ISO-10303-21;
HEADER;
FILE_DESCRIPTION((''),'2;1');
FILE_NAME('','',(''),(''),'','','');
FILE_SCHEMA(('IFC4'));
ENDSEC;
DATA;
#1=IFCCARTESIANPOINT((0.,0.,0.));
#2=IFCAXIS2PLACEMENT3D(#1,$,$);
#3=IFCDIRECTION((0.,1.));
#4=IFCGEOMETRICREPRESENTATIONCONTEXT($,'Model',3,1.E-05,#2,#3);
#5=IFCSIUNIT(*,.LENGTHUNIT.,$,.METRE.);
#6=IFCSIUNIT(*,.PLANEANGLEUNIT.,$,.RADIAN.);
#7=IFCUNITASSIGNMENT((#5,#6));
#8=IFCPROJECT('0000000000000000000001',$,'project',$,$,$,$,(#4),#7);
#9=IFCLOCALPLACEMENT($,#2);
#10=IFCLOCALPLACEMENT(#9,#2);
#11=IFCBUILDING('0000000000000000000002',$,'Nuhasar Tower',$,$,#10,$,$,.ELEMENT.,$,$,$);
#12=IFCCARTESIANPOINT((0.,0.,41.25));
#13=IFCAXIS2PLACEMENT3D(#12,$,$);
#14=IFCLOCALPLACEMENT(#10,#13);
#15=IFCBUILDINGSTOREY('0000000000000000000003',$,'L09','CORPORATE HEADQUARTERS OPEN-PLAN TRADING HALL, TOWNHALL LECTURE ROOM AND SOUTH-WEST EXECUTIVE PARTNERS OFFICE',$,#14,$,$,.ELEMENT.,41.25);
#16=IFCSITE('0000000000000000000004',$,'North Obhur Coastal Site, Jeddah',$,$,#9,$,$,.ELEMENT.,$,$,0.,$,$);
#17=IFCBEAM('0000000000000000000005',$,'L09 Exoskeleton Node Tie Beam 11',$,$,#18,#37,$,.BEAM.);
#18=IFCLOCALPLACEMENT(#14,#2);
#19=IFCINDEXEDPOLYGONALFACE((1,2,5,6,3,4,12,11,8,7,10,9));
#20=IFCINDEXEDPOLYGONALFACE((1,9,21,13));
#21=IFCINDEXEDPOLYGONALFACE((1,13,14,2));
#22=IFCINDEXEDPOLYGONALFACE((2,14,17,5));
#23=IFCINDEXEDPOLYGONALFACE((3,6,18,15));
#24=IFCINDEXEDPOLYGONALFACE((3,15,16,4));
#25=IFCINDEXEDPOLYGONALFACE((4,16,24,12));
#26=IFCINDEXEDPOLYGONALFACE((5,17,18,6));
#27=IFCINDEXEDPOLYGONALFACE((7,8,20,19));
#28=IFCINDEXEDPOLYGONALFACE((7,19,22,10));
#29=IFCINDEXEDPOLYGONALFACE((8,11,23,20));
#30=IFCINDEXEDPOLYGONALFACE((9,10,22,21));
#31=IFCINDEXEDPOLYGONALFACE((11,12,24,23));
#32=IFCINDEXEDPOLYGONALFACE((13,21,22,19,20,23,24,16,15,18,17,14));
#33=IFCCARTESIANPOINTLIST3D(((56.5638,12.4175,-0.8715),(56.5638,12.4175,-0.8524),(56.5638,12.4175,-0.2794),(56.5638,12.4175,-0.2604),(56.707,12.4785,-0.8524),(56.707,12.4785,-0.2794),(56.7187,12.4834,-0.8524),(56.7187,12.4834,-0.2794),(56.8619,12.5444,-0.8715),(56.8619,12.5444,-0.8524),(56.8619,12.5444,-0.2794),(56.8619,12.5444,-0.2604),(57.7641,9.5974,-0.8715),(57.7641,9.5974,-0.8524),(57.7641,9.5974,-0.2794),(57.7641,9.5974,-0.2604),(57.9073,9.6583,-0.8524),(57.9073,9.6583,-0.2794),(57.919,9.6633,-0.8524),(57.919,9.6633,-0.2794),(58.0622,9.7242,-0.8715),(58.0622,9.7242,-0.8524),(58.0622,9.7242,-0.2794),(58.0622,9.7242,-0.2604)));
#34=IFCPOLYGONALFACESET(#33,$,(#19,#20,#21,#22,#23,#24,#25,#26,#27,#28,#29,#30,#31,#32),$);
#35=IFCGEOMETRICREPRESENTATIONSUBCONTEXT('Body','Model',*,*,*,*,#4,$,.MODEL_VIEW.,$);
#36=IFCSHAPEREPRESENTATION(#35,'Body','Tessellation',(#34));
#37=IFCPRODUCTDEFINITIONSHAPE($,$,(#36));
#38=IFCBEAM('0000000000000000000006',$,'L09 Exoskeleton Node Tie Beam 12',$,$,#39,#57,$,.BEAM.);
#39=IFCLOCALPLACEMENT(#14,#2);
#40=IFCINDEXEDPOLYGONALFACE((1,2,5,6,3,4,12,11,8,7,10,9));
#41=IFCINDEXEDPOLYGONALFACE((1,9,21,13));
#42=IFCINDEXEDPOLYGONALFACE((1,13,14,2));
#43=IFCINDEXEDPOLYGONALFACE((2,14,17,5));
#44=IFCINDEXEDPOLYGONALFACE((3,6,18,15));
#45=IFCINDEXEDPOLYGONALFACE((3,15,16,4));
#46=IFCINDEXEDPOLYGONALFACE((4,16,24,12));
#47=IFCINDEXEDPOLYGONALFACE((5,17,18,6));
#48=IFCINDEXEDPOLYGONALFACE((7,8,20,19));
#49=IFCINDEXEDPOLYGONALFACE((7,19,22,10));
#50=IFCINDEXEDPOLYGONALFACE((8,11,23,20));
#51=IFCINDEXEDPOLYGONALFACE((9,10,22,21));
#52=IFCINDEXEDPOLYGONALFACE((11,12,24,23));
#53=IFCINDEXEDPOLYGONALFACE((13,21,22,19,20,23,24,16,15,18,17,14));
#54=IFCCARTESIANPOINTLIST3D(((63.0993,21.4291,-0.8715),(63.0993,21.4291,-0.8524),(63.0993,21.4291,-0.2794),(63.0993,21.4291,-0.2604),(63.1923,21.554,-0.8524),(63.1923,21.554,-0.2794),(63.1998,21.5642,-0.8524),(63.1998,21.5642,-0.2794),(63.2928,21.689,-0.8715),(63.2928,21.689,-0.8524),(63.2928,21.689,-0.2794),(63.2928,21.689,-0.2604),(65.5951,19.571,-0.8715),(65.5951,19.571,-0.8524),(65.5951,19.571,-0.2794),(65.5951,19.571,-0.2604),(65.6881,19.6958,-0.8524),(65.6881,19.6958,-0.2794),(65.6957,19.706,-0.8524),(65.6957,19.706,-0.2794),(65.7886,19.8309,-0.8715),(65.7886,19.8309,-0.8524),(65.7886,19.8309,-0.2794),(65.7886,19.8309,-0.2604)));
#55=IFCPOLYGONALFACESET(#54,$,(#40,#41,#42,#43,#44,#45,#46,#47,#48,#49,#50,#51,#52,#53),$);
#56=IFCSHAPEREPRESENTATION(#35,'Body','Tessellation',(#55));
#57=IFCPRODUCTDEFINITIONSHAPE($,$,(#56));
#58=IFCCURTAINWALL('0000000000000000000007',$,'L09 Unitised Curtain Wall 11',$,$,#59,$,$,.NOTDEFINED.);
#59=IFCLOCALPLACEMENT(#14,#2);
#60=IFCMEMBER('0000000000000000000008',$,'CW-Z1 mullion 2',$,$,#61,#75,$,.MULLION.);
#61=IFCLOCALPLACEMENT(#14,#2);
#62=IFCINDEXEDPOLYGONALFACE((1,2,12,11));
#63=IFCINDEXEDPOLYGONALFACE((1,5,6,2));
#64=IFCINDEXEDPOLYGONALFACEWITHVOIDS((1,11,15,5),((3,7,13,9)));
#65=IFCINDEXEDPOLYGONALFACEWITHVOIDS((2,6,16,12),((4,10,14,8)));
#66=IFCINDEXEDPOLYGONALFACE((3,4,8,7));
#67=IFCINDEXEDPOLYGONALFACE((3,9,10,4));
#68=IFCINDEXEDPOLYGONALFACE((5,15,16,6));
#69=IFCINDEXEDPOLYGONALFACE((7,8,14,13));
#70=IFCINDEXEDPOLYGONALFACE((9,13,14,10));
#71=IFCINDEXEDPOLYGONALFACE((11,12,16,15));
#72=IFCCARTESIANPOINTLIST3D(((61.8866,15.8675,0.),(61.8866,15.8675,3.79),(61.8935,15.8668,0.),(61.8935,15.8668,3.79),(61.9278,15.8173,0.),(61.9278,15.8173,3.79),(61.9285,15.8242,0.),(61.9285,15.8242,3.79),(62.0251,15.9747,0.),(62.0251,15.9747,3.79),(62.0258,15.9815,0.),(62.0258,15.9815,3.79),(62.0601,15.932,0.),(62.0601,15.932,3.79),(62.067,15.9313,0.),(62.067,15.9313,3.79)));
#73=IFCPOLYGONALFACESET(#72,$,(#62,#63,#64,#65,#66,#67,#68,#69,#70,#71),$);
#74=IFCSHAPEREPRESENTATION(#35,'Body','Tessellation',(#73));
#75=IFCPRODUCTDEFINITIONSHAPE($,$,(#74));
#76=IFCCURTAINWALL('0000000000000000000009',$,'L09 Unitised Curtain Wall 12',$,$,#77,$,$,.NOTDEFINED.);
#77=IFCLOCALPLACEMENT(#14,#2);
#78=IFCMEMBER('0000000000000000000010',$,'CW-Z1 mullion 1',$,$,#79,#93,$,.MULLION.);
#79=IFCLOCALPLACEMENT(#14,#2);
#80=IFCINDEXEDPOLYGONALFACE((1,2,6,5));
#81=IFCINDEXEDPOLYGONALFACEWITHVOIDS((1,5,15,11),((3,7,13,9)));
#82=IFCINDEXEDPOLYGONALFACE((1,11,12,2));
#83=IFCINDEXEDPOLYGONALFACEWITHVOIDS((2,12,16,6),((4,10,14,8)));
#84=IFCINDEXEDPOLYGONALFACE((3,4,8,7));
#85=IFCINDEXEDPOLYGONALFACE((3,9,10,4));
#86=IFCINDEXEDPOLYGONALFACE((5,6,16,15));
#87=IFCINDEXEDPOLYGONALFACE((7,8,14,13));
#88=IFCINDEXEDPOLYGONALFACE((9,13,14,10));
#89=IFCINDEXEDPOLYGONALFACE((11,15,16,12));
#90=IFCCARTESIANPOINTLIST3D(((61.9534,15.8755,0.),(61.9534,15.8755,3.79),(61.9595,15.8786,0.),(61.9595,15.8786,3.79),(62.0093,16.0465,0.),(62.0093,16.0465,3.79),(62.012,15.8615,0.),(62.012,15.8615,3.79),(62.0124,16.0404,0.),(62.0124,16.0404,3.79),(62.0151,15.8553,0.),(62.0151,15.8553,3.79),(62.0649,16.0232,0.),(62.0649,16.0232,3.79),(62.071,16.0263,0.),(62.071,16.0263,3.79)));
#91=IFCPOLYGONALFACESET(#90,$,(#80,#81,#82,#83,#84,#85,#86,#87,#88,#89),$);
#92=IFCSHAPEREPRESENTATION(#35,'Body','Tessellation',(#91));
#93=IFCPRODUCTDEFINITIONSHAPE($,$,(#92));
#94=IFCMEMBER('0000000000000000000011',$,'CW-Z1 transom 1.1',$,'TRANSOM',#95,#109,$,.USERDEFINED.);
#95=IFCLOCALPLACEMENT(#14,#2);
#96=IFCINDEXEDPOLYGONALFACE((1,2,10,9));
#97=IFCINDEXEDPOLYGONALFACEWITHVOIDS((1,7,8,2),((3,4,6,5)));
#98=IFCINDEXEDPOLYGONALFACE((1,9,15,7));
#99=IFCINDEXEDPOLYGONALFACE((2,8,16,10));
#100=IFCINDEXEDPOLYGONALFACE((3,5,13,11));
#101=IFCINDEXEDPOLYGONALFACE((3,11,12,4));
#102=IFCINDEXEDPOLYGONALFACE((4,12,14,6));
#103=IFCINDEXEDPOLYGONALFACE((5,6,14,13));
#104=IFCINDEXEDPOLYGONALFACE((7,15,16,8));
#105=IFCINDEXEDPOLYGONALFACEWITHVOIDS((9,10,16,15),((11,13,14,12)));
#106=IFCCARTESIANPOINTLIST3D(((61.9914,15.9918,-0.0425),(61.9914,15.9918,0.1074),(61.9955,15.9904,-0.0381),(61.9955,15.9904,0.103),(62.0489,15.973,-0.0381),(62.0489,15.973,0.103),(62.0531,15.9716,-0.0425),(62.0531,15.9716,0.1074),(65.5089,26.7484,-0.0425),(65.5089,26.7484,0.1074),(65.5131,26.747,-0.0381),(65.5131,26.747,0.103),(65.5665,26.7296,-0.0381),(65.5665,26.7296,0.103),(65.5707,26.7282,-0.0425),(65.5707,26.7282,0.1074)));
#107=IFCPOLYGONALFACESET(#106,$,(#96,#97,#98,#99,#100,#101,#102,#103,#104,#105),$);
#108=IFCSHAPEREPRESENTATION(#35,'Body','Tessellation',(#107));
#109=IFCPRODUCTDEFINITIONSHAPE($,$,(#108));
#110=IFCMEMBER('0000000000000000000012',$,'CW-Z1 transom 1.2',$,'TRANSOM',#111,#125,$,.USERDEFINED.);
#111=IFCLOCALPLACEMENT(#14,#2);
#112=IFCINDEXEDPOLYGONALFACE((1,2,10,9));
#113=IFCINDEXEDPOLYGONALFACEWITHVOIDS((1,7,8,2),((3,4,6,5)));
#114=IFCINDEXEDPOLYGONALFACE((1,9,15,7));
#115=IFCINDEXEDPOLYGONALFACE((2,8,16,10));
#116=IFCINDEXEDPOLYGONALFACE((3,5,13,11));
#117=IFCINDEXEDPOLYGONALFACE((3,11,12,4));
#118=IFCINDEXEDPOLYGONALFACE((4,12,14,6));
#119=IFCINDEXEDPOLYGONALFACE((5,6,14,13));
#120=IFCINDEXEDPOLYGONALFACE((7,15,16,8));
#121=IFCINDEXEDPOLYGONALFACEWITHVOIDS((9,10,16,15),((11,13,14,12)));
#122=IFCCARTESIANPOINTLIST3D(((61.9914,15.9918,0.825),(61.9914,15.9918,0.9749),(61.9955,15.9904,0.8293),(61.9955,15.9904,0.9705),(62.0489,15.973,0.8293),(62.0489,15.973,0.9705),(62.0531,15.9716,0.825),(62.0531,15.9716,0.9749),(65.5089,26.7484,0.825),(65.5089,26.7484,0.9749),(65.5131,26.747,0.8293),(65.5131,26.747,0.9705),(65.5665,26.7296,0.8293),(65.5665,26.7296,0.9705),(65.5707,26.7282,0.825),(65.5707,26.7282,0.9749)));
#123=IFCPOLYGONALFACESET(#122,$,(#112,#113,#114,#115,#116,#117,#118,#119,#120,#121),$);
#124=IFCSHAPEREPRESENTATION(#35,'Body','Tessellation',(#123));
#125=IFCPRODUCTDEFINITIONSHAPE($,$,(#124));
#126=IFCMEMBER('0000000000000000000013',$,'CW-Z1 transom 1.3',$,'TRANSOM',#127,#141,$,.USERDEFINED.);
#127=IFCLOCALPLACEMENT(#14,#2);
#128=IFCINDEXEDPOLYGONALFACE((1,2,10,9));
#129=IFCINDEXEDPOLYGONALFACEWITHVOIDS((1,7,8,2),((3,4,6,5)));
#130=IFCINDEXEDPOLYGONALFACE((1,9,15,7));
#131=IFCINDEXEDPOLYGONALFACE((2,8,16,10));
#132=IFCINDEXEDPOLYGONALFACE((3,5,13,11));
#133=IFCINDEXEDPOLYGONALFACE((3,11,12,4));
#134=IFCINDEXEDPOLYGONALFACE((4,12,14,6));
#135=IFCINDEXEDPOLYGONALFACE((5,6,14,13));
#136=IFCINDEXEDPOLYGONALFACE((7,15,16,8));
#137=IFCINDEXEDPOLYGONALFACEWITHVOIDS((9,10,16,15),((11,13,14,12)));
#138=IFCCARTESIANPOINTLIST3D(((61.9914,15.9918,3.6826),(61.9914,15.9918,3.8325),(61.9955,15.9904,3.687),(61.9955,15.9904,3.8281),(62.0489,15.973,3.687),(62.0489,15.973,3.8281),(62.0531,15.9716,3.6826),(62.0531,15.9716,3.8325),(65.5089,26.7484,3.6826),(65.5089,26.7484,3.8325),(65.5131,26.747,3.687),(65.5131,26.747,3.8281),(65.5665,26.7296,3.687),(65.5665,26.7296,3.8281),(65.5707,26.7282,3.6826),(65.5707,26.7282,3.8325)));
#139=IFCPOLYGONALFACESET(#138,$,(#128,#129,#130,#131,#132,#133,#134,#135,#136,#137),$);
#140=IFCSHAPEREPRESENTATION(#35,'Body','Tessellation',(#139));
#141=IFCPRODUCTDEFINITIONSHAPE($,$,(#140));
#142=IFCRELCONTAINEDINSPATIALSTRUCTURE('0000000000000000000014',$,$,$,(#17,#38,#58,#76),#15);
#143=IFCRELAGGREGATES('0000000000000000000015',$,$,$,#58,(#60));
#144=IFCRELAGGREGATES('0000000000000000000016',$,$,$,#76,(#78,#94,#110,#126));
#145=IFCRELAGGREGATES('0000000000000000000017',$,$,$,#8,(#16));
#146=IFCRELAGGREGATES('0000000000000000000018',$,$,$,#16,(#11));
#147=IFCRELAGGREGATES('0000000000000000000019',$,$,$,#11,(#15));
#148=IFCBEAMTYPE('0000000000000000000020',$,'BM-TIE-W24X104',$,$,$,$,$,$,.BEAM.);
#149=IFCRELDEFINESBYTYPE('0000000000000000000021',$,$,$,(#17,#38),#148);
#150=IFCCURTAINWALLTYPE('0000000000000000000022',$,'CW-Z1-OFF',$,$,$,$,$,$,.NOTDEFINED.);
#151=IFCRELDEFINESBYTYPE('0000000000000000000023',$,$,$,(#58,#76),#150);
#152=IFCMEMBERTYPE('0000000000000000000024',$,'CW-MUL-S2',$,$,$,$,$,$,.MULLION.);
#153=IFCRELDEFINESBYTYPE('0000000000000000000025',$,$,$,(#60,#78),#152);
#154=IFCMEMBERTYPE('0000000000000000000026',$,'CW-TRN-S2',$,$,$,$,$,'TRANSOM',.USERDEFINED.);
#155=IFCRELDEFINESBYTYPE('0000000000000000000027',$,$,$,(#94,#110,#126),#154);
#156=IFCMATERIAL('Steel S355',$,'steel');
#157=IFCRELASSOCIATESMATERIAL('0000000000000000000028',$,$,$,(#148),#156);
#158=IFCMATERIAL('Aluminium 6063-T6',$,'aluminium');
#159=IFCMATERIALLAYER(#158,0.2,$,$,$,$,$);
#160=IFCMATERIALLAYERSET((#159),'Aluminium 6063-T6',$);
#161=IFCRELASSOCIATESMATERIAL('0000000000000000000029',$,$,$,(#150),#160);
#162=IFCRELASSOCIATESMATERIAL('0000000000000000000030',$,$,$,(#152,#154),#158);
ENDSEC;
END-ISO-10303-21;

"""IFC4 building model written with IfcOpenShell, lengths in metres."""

from ifc_helpers import new_model, si_unit, direction, frame, origin, origin_2d, place, context, subcontext, project, spatial, hollow_rectangle, i_section, extrude, material, layer, layer_set, material_profile, profile_set, type_object, element, aggregate, save


model = new_model("IFC4")

# Units and contexts
model_context = context("Model", 3, precision=1e-05, world=origin(), true_north=direction((0.0, 1.0)))
body_context = subcontext(model_context, "Body", "Model", "MODEL_VIEW")
ifc_project = project(units=[si_unit("LENGTHUNIT", "METRE"), si_unit("PLANEANGLEUNIT", "RADIAN")], contexts=[model_context])

# Site, building, storey
site_placement = place(None, origin())
site = spatial("IfcSite", under=ifc_project, at=site_placement, Name="North Obhur Coastal Site, Jeddah", CompositionType="ELEMENT", RefElevation=0.0)
building_placement = place(site_placement, origin())
building = spatial("IfcBuilding", under=site, at=building_placement, Name="Nuhasar Tower", CompositionType="ELEMENT")
storey_placement = place(building_placement, frame((0.0, 0.0, 41.25)))
storey = spatial("IfcBuildingStorey", under=building, at=storey_placement, Name="L09", Description="CORPORATE HEADQUARTERS OPEN-PLAN TRADING HALL, TOWNHALL LECTURE ROOM AND SOUTH-WEST EXECUTIVE PARTNERS OFFICE", CompositionType="ELEMENT", Elevation=41.25)

# Beams
ifc_material_1 = material(Name="Steel S355", Category="steel")
ifc_material_profile_1 = material_profile(ifc_material_1, i_section(OverallWidth=0.324, OverallDepth=0.6111, WebThickness=0.0127, FlangeThickness=0.019, at=origin_2d()), Name="W24X104")
ifc_profile_set_1 = profile_set([ifc_material_profile_1], Name="Steel S355")
beam_type_1 = type_object("IfcBeamType", Name="BM-TIE-W24X104", PredefinedType="BEAM", material=ifc_profile_set_1)
beam_1_placement = place(storey_placement, frame((56.7129, 12.481, -0.5659), z_axis=(0.391601, -0.920135, 0.0), x_axis=(0.920135, 0.391601, 0.0)))
element("IfcBeam", 1, at=beam_1_placement, inside=storey, type_object=beam_type_1, Name="L09 Exoskeleton Node Tie Beam 11", PredefinedType="BEAM", context=body_context, shape_type="SweptSolid", body=[
    extrude(i_section(OverallWidth=0.324, OverallDepth=0.6111, WebThickness=0.0127, FlangeThickness=0.019, at=origin_2d()), origin(), (0.0, 0.0, 1.0), 3.0649),
])
beam_2_placement = place(storey_placement, frame((63.196, 21.5591, -0.5659), z_axis=(0.802113, -0.597172, 0.0), x_axis=(0.597172, 0.802113, 0.0)))
element("IfcBeam", 2, at=beam_2_placement, inside=storey, type_object=beam_type_1, Name="L09 Exoskeleton Node Tie Beam 12", PredefinedType="BEAM", context=body_context, shape_type="SweptSolid", body=[
    extrude(i_section(OverallWidth=0.324, OverallDepth=0.6111, WebThickness=0.0127, FlangeThickness=0.019, at=origin_2d()), origin(), (0.0, 0.0, 1.0), 3.1116),
])

# Curtain wall, member
ifc_material_2 = material(Name="Aluminium 6063-T6", Category="aluminium")
ifc_layer_1 = layer(ifc_material_2, 0.2)
ifc_layer_set_1 = layer_set([ifc_layer_1], Name="Aluminium 6063-T6")
curtain_wall_type = type_object("IfcCurtainWallType", Name="CW-Z1-OFF", PredefinedType="NOTDEFINED", material=ifc_layer_set_1)
curtain_wall_1_placement = place(storey_placement, origin())
curtain_wall_1 = element("IfcCurtainWall", 3, at=curtain_wall_1_placement, inside=storey, type_object=curtain_wall_type, Name="L09 Unitised Curtain Wall 11", PredefinedType="NOTDEFINED")
ifc_material_profile_2 = material_profile(ifc_material_2, hollow_rectangle(XDim=0.0649, YDim=0.1799, WallThickness=0.0049, at=origin_2d()), Name="CWM-2")
ifc_profile_set_2 = profile_set([ifc_material_profile_2], Name="Aluminium 6063-T6")
member_type_1 = type_object("IfcMemberType", Name="CW-MUL-S2", PredefinedType="MULLION", material=ifc_profile_set_2)
member_1_placement = place(storey_placement, frame((61.9768, 15.8994, 0.0), z_axis=(0.0, 0.0, 1.0), x_axis=(-0.633745, 0.773542, 0.0)))
member_1 = element("IfcMember", 4, at=member_1_placement, type_object=member_type_1, Name="CW-Z1 mullion 2", PredefinedType="MULLION", context=body_context, shape_type="SweptSolid", body=[
    extrude(hollow_rectangle(XDim=0.0649, YDim=0.1799, WallThickness=0.0049, at=origin_2d()), origin(), (0.0, 0.0, 1.0), 3.79),
])

# Curtain wall, members
curtain_wall_2_placement = place(storey_placement, origin())
curtain_wall_2 = element("IfcCurtainWall", 5, at=curtain_wall_2_placement, inside=storey, type_object=curtain_wall_type, Name="L09 Unitised Curtain Wall 12", PredefinedType="NOTDEFINED")
member_2_placement = place(storey_placement, frame((62.0122, 15.9509, 0.0), z_axis=(0.0, 0.0, 1.0), x_axis=(-0.950468, 0.310824, 0.0)))
member_2 = element("IfcMember", 6, at=member_2_placement, type_object=member_type_1, Name="CW-Z1 mullion 1", PredefinedType="MULLION", context=body_context, shape_type="SweptSolid", body=[
    extrude(hollow_rectangle(XDim=0.0649, YDim=0.1799, WallThickness=0.0049, at=origin_2d()), origin(), (0.0, 0.0, 1.0), 3.79),
])
ifc_material_profile_3 = material_profile(ifc_material_2, hollow_rectangle(XDim=0.0649, YDim=0.1499, WallThickness=0.0044, at=origin_2d()), Name="CWT-2")
ifc_profile_set_3 = profile_set([ifc_material_profile_3], Name="Aluminium 6063-T6")
member_type_2 = type_object("IfcMemberType", Name="CW-TRN-S2", ElementType="TRANSOM", PredefinedType="USERDEFINED", material=ifc_profile_set_3)
member_3_placement = place(storey_placement, frame((62.0222, 15.9817, 0.0325), z_axis=(0.310819, 0.950469, 0.0), x_axis=(-0.950469, 0.310819, 0.0)))
member_3 = element("IfcMember", 7, at=member_3_placement, type_object=member_type_2, Name="CW-Z1 transom 1.1", ObjectType="TRANSOM", PredefinedType="USERDEFINED", context=body_context, shape_type="SweptSolid", body=[
    extrude(hollow_rectangle(XDim=0.0649, YDim=0.1499, WallThickness=0.0044, at=origin_2d()), origin(), (0.0, 0.0, 1.0), 11.3171),
])
member_4_placement = place(storey_placement, frame((62.0222, 15.9817, 0.8999), z_axis=(0.310819, 0.950469, 0.0), x_axis=(-0.950469, 0.310819, 0.0)))
member_4 = element("IfcMember", 8, at=member_4_placement, type_object=member_type_2, Name="CW-Z1 transom 1.2", ObjectType="TRANSOM", PredefinedType="USERDEFINED", context=body_context, shape_type="SweptSolid", body=[
    extrude(hollow_rectangle(XDim=0.0649, YDim=0.1499, WallThickness=0.0044, at=origin_2d()), origin(), (0.0, 0.0, 1.0), 11.3171),
])
member_5_placement = place(storey_placement, frame((62.0222, 15.9817, 3.7576), z_axis=(0.310819, 0.950469, 0.0), x_axis=(-0.950469, 0.310819, 0.0)))
member_5 = element("IfcMember", 9, at=member_5_placement, type_object=member_type_2, Name="CW-Z1 transom 1.3", ObjectType="TRANSOM", PredefinedType="USERDEFINED", context=body_context, shape_type="SweptSolid", body=[
    extrude(hollow_rectangle(XDim=0.0649, YDim=0.1499, WallThickness=0.0044, at=origin_2d()), origin(), (0.0, 0.0, 1.0), 11.3171),
])

aggregate(curtain_wall_1, [member_1])
aggregate(curtain_wall_2, [member_2, member_3, member_4, member_5])

save(model, "model.ifc")
